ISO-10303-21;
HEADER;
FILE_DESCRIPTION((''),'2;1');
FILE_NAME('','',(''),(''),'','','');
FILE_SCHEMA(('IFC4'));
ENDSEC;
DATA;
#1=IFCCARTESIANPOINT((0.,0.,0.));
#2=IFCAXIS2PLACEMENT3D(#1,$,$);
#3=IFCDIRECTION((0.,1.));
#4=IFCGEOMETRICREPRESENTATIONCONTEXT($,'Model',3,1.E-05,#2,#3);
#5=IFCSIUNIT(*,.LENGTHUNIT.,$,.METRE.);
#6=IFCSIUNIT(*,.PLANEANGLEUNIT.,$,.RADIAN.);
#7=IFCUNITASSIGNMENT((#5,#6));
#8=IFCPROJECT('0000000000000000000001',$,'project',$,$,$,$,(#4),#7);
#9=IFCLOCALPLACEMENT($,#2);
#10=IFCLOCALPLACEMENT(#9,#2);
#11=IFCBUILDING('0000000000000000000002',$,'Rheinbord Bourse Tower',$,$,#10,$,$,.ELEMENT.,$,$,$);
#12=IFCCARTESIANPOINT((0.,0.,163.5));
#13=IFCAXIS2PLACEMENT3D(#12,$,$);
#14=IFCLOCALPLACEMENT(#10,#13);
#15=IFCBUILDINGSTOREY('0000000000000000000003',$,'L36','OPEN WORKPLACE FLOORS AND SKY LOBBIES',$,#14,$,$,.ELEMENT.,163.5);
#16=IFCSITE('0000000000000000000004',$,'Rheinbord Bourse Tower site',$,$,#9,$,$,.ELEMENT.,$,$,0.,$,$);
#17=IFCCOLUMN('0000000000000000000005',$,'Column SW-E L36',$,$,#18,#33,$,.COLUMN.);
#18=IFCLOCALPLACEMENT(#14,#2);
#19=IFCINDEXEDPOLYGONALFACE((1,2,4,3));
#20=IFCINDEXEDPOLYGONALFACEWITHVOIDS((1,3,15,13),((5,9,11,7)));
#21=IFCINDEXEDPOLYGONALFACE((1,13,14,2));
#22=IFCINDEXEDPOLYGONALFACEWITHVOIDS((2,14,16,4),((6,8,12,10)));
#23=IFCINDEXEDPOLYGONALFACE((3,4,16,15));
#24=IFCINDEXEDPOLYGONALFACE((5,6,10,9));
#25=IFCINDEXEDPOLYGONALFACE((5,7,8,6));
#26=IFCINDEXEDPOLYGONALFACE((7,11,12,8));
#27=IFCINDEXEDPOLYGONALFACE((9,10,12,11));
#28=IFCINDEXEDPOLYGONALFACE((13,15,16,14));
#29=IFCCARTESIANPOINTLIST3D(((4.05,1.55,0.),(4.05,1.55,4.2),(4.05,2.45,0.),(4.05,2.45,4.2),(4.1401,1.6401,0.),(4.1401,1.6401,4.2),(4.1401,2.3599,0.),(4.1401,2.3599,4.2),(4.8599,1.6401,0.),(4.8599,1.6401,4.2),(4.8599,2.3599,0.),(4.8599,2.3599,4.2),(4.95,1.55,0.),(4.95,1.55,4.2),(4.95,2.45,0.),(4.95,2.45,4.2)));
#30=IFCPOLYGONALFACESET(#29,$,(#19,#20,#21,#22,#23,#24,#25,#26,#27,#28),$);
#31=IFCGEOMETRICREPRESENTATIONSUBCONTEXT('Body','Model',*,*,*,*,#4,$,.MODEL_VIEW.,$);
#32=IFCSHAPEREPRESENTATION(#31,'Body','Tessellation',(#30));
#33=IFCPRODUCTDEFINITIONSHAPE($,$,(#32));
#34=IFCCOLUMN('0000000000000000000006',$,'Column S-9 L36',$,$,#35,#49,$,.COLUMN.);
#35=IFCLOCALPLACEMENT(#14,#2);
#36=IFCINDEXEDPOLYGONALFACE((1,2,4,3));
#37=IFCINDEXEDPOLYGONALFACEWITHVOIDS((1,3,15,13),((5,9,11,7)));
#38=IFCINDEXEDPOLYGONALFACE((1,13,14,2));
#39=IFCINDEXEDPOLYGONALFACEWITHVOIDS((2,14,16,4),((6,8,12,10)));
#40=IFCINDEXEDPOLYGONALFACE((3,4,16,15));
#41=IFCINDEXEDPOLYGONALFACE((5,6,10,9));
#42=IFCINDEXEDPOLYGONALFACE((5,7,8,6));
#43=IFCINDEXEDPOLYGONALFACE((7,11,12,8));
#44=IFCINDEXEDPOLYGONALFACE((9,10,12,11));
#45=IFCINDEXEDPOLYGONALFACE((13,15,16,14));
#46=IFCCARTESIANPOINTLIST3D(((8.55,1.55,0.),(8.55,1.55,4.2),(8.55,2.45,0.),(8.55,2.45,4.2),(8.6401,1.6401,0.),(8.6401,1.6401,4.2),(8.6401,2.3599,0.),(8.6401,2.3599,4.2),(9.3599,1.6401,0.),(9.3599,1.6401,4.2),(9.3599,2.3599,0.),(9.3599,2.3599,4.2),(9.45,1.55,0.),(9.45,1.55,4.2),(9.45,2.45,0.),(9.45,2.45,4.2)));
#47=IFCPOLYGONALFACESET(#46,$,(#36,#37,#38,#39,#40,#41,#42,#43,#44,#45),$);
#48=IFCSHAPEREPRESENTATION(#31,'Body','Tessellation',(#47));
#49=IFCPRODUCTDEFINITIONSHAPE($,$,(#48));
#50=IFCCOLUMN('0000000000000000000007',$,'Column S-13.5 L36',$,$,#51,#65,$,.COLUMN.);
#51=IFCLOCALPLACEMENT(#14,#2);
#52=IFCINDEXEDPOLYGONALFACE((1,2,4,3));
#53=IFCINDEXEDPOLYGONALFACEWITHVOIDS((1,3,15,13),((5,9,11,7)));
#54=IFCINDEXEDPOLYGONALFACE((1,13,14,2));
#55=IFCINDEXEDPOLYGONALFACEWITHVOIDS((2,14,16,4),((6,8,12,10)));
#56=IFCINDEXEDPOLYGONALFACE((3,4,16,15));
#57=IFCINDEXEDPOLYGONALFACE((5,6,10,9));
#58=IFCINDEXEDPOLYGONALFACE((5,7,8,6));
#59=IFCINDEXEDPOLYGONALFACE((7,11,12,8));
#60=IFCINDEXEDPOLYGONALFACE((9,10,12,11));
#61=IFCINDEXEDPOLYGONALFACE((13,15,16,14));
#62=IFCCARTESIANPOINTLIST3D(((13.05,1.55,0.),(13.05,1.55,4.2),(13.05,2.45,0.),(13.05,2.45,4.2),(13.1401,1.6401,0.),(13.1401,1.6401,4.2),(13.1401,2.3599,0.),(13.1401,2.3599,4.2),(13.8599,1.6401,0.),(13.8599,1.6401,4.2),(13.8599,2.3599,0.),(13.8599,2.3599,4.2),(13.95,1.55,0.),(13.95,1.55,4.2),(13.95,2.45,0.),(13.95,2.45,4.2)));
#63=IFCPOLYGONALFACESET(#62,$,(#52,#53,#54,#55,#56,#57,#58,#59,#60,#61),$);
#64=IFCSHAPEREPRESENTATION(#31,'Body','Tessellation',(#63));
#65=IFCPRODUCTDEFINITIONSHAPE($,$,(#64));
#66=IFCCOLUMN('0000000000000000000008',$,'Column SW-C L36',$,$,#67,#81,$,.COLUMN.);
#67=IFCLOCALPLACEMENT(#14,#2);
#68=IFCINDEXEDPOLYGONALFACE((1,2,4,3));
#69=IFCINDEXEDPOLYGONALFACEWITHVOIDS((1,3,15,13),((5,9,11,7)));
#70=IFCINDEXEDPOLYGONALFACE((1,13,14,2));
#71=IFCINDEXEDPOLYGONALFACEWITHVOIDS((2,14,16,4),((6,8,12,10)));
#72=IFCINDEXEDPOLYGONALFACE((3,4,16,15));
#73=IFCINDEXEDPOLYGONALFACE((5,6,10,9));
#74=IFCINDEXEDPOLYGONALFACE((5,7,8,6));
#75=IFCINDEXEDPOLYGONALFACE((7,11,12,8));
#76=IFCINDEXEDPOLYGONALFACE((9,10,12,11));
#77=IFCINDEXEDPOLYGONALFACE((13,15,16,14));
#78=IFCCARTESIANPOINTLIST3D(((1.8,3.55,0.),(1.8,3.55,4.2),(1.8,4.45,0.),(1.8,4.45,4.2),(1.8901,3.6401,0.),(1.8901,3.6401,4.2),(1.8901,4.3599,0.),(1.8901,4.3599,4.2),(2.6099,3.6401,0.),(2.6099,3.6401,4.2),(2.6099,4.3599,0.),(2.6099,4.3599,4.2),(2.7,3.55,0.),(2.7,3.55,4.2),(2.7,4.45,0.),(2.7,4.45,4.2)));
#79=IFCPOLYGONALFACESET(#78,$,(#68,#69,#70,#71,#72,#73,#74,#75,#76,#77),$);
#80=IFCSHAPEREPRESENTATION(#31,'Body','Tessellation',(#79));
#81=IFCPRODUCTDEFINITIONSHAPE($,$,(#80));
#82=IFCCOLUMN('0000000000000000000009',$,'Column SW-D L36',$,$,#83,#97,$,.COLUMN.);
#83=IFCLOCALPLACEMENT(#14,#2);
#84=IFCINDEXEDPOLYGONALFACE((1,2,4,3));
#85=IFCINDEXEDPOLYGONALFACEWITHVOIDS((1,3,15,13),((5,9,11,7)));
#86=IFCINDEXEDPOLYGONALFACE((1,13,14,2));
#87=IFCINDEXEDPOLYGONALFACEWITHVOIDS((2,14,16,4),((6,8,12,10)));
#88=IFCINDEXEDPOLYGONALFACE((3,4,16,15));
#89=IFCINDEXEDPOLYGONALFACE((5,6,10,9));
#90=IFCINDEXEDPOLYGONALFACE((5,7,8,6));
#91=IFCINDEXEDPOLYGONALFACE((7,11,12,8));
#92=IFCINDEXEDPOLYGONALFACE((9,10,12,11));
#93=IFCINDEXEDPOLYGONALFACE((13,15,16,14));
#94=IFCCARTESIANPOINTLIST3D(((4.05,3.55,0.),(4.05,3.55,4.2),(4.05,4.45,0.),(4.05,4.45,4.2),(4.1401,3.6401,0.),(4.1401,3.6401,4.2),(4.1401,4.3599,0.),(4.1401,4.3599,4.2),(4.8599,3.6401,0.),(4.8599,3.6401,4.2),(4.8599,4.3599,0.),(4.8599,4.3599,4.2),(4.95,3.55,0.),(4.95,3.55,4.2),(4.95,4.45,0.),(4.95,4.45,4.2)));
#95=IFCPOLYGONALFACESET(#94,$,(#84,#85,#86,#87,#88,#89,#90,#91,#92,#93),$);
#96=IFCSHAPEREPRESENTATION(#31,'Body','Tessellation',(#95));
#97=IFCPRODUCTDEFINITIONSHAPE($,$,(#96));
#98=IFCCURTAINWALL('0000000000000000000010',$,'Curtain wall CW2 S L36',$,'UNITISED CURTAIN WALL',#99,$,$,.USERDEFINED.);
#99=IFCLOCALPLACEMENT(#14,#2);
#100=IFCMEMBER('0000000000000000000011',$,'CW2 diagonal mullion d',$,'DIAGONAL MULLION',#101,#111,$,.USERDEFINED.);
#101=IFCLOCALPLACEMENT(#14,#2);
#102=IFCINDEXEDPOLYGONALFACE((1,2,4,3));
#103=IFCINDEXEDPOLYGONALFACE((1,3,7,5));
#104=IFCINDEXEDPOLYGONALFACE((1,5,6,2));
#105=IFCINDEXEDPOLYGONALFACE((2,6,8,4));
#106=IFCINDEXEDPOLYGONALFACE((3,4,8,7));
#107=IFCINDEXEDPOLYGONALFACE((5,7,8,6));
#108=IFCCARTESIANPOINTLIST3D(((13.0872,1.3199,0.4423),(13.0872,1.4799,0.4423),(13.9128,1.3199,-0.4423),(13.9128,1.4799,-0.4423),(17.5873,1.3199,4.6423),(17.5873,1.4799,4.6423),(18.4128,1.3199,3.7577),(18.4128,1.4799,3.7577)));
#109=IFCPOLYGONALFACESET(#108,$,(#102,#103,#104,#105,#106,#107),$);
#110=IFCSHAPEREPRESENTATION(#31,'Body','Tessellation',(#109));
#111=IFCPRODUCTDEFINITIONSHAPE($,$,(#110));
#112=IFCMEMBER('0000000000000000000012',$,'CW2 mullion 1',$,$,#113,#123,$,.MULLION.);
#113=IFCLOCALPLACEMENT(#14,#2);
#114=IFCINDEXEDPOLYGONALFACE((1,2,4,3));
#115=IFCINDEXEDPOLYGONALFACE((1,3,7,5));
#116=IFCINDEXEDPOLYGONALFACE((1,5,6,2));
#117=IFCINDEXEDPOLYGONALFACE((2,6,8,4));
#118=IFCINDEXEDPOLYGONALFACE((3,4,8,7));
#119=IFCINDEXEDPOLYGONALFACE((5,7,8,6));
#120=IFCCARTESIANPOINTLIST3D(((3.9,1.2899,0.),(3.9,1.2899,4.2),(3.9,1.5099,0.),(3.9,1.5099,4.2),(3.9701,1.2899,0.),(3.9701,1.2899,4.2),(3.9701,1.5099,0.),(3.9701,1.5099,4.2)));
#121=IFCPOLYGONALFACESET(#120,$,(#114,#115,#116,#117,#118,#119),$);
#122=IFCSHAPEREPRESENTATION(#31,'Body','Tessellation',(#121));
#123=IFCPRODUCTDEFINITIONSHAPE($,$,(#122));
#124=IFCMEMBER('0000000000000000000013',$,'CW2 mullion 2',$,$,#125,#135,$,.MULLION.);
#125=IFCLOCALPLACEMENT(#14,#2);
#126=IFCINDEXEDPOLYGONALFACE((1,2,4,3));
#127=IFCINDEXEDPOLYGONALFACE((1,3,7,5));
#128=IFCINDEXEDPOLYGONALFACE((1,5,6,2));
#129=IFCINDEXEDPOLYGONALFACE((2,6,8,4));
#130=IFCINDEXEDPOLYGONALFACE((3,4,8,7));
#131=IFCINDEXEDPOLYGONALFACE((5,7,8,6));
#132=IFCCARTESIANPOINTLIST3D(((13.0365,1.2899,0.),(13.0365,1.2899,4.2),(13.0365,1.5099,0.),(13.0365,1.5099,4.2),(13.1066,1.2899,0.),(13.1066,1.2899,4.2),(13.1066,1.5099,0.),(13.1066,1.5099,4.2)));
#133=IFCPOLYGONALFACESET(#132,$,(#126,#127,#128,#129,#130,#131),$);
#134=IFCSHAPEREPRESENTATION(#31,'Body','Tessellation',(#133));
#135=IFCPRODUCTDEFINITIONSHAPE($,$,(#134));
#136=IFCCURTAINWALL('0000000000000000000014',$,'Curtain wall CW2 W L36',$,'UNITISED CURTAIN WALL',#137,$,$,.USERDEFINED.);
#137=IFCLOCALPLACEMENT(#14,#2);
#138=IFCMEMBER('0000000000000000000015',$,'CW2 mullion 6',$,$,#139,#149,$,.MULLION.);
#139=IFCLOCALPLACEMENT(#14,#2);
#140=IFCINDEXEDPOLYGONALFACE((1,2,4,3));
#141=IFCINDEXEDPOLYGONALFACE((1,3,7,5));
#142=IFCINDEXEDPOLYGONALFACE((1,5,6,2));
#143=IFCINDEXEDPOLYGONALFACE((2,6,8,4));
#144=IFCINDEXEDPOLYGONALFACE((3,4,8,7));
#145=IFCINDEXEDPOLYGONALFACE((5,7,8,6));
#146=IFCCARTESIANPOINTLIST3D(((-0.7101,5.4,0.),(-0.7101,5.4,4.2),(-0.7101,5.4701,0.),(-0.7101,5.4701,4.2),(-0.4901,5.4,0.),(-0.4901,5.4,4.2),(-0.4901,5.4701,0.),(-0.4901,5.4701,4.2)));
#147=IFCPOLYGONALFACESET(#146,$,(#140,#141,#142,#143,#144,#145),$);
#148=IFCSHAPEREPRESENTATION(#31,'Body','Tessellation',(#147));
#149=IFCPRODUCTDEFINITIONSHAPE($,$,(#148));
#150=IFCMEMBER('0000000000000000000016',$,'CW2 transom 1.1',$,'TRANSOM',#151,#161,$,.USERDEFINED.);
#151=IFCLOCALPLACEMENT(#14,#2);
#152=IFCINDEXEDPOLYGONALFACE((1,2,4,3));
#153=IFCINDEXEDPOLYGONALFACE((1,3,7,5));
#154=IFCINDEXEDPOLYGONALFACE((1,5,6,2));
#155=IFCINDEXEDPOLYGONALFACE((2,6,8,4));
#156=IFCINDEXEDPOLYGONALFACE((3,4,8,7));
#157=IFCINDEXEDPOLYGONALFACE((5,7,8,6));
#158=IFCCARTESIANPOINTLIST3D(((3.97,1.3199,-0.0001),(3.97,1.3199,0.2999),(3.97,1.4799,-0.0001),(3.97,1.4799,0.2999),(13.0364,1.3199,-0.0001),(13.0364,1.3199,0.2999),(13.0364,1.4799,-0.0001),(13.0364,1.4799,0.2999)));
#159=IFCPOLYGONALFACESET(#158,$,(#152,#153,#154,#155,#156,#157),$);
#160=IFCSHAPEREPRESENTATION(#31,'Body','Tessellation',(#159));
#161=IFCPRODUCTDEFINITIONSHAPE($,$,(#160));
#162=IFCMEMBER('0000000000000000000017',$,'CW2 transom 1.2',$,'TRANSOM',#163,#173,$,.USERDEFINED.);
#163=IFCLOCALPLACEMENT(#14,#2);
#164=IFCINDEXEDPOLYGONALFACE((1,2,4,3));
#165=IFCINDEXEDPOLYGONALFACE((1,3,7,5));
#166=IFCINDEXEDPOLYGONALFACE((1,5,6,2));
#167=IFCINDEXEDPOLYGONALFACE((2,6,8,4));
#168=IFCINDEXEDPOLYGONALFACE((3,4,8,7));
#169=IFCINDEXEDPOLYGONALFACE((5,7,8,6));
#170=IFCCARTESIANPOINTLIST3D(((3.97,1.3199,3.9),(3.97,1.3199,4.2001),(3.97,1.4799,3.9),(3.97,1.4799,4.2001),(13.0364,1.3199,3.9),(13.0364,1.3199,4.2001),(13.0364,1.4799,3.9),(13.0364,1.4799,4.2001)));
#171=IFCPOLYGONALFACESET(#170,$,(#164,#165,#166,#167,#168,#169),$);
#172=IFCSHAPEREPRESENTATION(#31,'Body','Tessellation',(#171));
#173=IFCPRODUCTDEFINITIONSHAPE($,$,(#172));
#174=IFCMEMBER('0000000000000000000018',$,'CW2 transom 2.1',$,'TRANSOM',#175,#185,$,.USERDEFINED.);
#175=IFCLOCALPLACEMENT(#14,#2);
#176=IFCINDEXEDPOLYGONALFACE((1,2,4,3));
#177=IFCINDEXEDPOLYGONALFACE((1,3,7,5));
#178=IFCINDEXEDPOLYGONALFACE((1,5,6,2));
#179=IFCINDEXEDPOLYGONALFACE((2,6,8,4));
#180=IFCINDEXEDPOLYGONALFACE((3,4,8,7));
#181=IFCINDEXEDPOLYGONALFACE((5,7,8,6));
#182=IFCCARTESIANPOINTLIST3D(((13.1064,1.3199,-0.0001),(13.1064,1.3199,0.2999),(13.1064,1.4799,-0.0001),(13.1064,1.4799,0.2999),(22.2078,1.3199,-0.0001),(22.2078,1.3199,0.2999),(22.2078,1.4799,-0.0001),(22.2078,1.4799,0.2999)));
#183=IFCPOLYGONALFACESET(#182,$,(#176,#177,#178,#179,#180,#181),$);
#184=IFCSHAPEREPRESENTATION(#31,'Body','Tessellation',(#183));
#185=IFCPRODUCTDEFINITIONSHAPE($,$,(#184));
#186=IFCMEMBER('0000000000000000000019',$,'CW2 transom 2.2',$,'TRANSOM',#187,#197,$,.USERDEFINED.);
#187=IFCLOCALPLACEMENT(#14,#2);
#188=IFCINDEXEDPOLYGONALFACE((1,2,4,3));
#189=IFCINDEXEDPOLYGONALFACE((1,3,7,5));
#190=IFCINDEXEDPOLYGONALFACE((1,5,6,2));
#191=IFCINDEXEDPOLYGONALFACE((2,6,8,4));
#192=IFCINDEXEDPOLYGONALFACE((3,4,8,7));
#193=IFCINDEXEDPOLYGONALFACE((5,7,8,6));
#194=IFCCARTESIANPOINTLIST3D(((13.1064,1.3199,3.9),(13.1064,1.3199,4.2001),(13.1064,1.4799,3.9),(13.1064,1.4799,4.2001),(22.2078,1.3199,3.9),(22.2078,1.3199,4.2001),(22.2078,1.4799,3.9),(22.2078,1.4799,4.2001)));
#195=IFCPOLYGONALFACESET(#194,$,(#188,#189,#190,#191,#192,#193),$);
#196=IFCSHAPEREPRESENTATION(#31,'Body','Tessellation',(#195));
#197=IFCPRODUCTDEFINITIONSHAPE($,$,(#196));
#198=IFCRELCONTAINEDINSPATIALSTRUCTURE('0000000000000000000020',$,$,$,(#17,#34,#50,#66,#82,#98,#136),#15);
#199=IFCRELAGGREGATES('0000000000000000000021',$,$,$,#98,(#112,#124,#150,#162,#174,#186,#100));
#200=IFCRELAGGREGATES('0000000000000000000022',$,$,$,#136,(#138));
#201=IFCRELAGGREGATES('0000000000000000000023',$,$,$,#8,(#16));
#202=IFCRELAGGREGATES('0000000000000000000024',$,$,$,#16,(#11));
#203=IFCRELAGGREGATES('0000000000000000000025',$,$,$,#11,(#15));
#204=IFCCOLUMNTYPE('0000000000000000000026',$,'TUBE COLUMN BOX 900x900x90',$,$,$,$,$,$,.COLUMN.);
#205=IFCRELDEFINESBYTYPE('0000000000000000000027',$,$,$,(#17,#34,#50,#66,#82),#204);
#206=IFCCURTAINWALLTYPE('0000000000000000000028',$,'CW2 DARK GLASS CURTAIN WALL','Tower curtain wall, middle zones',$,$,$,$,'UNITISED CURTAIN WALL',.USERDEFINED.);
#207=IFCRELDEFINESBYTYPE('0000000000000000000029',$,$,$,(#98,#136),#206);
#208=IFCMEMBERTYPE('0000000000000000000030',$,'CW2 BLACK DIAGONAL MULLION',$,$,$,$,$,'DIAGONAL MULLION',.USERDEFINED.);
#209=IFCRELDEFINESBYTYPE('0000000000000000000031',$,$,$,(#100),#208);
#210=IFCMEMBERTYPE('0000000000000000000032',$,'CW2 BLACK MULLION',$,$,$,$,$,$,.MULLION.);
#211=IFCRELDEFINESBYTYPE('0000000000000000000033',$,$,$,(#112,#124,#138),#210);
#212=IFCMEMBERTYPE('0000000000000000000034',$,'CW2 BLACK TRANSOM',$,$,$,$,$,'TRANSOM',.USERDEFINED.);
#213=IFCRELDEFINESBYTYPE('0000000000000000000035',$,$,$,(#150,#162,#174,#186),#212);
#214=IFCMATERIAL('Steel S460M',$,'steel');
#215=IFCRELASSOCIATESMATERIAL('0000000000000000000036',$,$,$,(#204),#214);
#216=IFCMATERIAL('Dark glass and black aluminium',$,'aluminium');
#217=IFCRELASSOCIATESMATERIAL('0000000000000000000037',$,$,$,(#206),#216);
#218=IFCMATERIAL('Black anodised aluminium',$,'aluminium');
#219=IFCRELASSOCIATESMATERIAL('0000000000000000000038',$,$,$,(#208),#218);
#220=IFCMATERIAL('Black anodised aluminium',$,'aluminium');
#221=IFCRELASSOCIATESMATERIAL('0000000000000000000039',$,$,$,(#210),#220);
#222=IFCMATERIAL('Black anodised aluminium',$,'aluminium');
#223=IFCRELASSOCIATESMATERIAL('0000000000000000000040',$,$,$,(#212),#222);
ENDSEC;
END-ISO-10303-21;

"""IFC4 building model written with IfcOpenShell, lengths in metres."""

from ifc_helpers import new_model, si_unit, direction, frame, origin, origin_2d, place, context, subcontext, project, spatial, rectangle, hollow_rectangle, extrude, material, material_profile, profile_set, type_object, element, aggregate, save


model = new_model("IFC4")

# Units and contexts
model_context = context("Model", 3, precision=1e-05, world=origin(), true_north=direction((0.0, 1.0)))
body_context = subcontext(model_context, "Body", "Model", "MODEL_VIEW")
ifc_project = project(units=[si_unit("LENGTHUNIT", "METRE"), si_unit("PLANEANGLEUNIT", "RADIAN")], contexts=[model_context])

# Site, building, storey
site_placement = place(None, origin())
site = spatial("IfcSite", under=ifc_project, at=site_placement, Name="Rheinbord Bourse Tower site", CompositionType="ELEMENT", RefElevation=0.0)
building_placement = place(site_placement, origin())
building = spatial("IfcBuilding", under=site, at=building_placement, Name="Rheinbord Bourse Tower", CompositionType="ELEMENT")
storey_placement = place(building_placement, frame((0.0, 0.0, 163.5)))
storey = spatial("IfcBuildingStorey", under=building, at=storey_placement, Name="L36", Description="OPEN WORKPLACE FLOORS AND SKY LOBBIES", CompositionType="ELEMENT", Elevation=163.5)

# Columns
ifc_material_1 = material(Name="Steel S460M", Category="steel")
ifc_material_profile_1 = material_profile(ifc_material_1, hollow_rectangle(XDim=0.8999, YDim=0.8999, WallThickness=0.0901, at=origin_2d()), Name="BOX 900x900x90")
ifc_profile_set_1 = profile_set([ifc_material_profile_1], Name="Steel S460M")
column_type = type_object("IfcColumnType", Name="TUBE COLUMN BOX 900x900x90", PredefinedType="COLUMN", material=ifc_profile_set_1)
for number, where, z_axis, x_axis, name in (
    (1, (4.5, 2.0, 0.0), (0.0, 0.0, 1.0), (0.0, 1.0, 0.0), "Column SW-E L36"),
    (2, (9.0, 2.0, 0.0), (0.0, 0.0, 1.0), (0.0, 1.0, 0.0), "Column S-9 L36"),
    (3, (13.5, 2.0, 0.0), (0.0, 0.0, 1.0), (0.0, 1.0, 0.0), "Column S-13.5 L36"),
    (4, (2.25, 4.0, 0.0), (0.0, 0.0, 1.0), (1.0, 0.0, 0.0), "Column SW-C L36"),
    (5, (4.5, 4.0, 0.0), (0.0, 0.0, 1.0), (0.0, 1.0, 0.0), "Column SW-D L36"),
):
    element("IfcColumn", number, at=place(storey_placement, frame(where, z_axis=z_axis, x_axis=x_axis)), inside=storey, type_object=column_type, Name=name, PredefinedType="COLUMN", context=body_context, shape_type="SweptSolid", body=[
        extrude(hollow_rectangle(XDim=0.8999, YDim=0.8999, WallThickness=0.0901, at=origin_2d()), origin(), (0.0, 0.0, 1.0), 4.2),
    ])

# Curtain wall, members
ifc_material_2 = material(Name="Dark glass and black aluminium", Category="aluminium")
curtain_wall_type = type_object("IfcCurtainWallType", Name="CW2 DARK GLASS CURTAIN WALL", Description="Tower curtain wall, middle zones", ElementType="UNITISED CURTAIN WALL", PredefinedType="USERDEFINED", material=ifc_material_2)
curtain_wall_1_placement = place(storey_placement, origin())
curtain_wall_1 = element("IfcCurtainWall", 6, at=curtain_wall_1_placement, inside=storey, type_object=curtain_wall_type, Name="Curtain wall CW2 S L36", ObjectType="UNITISED CURTAIN WALL", PredefinedType="USERDEFINED")
ifc_material_3 = material(Name="Black anodised aluminium", Category="aluminium")
ifc_material_profile_2 = material_profile(ifc_material_3, rectangle(XDim=0.1599, YDim=1.21, at=origin_2d()), Name="CW2 DIAGONAL MULLION 1210x160")
ifc_profile_set_2 = profile_set([ifc_material_profile_2], Name="Black anodised aluminium")
member_type_1 = type_object("IfcMemberType", Name="CW2 BLACK DIAGONAL MULLION", ElementType="DIAGONAL MULLION", PredefinedType="USERDEFINED", material=ifc_profile_set_2)
member_1_placement = place(storey_placement, frame((13.5, 1.3999, 0.0), z_axis=(0.731059, 0.0, 0.682314), x_axis=(0.0, 1.0, 0.0)))
member_1 = element("IfcMember", 7, at=member_1_placement, type_object=member_type_1, Name="CW2 diagonal mullion d", ObjectType="DIAGONAL MULLION", PredefinedType="USERDEFINED", context=body_context, shape_type="SweptSolid", body=[
    extrude(rectangle(XDim=0.1599, YDim=1.21, at=origin_2d()), origin(), (0.0, 0.0, 1.0), 6.1555),
])
ifc_material_4 = material(Name="Black anodised aluminium", Category="aluminium")
ifc_material_profile_3 = material_profile(ifc_material_4, rectangle(XDim=0.22, YDim=0.0701, at=origin_2d()), Name="CW2 MULLION 70x220")
ifc_profile_set_3 = profile_set([ifc_material_profile_3], Name="Black anodised aluminium")
member_type_2 = type_object("IfcMemberType", Name="CW2 BLACK MULLION", PredefinedType="MULLION", material=ifc_profile_set_3)
member_2_placement = place(storey_placement, frame((3.9351, 1.3999, 0.0), z_axis=(0.0, 0.0, 1.0), x_axis=(0.0, 1.0, 0.0)))
member_2 = element("IfcMember", 8, at=member_2_placement, type_object=member_type_2, Name="CW2 mullion 1", PredefinedType="MULLION", context=body_context, shape_type="SweptSolid", body=[
    extrude(rectangle(XDim=0.22, YDim=0.0701, at=origin_2d()), origin(), (0.0, 0.0, 1.0), 4.2),
])
member_3_placement = place(storey_placement, frame((13.0715, 1.3999, 0.0), z_axis=(0.0, 0.0, 1.0), x_axis=(0.0, 1.0, 0.0)))
member_3 = element("IfcMember", 9, at=member_3_placement, type_object=member_type_2, Name="CW2 mullion 2", PredefinedType="MULLION", context=body_context, shape_type="SweptSolid", body=[
    extrude(rectangle(XDim=0.22, YDim=0.0701, at=origin_2d()), origin(), (0.0, 0.0, 1.0), 4.2),
])

# Curtain wall, member
curtain_wall_2_placement = place(storey_placement, origin())
curtain_wall_2 = element("IfcCurtainWall", 10, at=curtain_wall_2_placement, inside=storey, type_object=curtain_wall_type, Name="Curtain wall CW2 W L36", ObjectType="UNITISED CURTAIN WALL", PredefinedType="USERDEFINED")
member_4_placement = place(storey_placement, frame((-0.6001, 5.4351, 0.0), z_axis=(0.0, 0.0, 1.0), x_axis=(1.0, 0.0, 0.0)))
member_4 = element("IfcMember", 11, at=member_4_placement, type_object=member_type_2, Name="CW2 mullion 6", PredefinedType="MULLION", context=body_context, shape_type="SweptSolid", body=[
    extrude(rectangle(XDim=0.22, YDim=0.0701, at=origin_2d()), origin(), (0.0, 0.0, 1.0), 4.2),
])

# Members
ifc_material_5 = material(Name="Black anodised aluminium", Category="aluminium")
ifc_material_profile_4 = material_profile(ifc_material_5, rectangle(XDim=0.1599, YDim=0.3, at=origin_2d()), Name="CW2 TRANSOM 300x160")
ifc_profile_set_4 = profile_set([ifc_material_profile_4], Name="Black anodised aluminium")
member_type_3 = type_object("IfcMemberType", Name="CW2 BLACK TRANSOM", ElementType="TRANSOM", PredefinedType="USERDEFINED", material=ifc_profile_set_4)
member_5_placement = place(storey_placement, frame((3.97, 1.3999, 0.1499), z_axis=(1.0, 0.0, 0.0), x_axis=(0.0, 1.0, 0.0)))
member_5 = element("IfcMember", 12, at=member_5_placement, type_object=member_type_3, Name="CW2 transom 1.1", ObjectType="TRANSOM", PredefinedType="USERDEFINED", context=body_context, shape_type="SweptSolid", body=[
    extrude(rectangle(XDim=0.1599, YDim=0.3, at=origin_2d()), origin(), (0.0, 0.0, 1.0), 9.0664),
])
member_6_placement = place(storey_placement, frame((3.97, 1.3999, 4.05), z_axis=(1.0, 0.0, 0.0), x_axis=(0.0, 1.0, 0.0)))
member_6 = element("IfcMember", 13, at=member_6_placement, type_object=member_type_3, Name="CW2 transom 1.2", ObjectType="TRANSOM", PredefinedType="USERDEFINED", context=body_context, shape_type="SweptSolid", body=[
    extrude(rectangle(XDim=0.1599, YDim=0.3, at=origin_2d()), origin(), (0.0, 0.0, 1.0), 9.0664),
])
member_7_placement = place(storey_placement, frame((13.1064, 1.3999, 0.1499), z_axis=(1.0, 0.0, 0.0), x_axis=(0.0, 1.0, 0.0)))
member_7 = element("IfcMember", 14, at=member_7_placement, type_object=member_type_3, Name="CW2 transom 2.1", ObjectType="TRANSOM", PredefinedType="USERDEFINED", context=body_context, shape_type="SweptSolid", body=[
    extrude(rectangle(XDim=0.1599, YDim=0.3, at=origin_2d()), origin(), (0.0, 0.0, 1.0), 9.1013),
])
member_8_placement = place(storey_placement, frame((13.1064, 1.3999, 4.05), z_axis=(1.0, 0.0, 0.0), x_axis=(0.0, 1.0, 0.0)))
member_8 = element("IfcMember", 15, at=member_8_placement, type_object=member_type_3, Name="CW2 transom 2.2", ObjectType="TRANSOM", PredefinedType="USERDEFINED", context=body_context, shape_type="SweptSolid", body=[
    extrude(rectangle(XDim=0.1599, YDim=0.3, at=origin_2d()), origin(), (0.0, 0.0, 1.0), 9.1013),
])

aggregate(curtain_wall_1, [member_2, member_3, member_5, member_6, member_7, member_8, member_1])
aggregate(curtain_wall_2, [member_4])

save(model, "model.ifc")
